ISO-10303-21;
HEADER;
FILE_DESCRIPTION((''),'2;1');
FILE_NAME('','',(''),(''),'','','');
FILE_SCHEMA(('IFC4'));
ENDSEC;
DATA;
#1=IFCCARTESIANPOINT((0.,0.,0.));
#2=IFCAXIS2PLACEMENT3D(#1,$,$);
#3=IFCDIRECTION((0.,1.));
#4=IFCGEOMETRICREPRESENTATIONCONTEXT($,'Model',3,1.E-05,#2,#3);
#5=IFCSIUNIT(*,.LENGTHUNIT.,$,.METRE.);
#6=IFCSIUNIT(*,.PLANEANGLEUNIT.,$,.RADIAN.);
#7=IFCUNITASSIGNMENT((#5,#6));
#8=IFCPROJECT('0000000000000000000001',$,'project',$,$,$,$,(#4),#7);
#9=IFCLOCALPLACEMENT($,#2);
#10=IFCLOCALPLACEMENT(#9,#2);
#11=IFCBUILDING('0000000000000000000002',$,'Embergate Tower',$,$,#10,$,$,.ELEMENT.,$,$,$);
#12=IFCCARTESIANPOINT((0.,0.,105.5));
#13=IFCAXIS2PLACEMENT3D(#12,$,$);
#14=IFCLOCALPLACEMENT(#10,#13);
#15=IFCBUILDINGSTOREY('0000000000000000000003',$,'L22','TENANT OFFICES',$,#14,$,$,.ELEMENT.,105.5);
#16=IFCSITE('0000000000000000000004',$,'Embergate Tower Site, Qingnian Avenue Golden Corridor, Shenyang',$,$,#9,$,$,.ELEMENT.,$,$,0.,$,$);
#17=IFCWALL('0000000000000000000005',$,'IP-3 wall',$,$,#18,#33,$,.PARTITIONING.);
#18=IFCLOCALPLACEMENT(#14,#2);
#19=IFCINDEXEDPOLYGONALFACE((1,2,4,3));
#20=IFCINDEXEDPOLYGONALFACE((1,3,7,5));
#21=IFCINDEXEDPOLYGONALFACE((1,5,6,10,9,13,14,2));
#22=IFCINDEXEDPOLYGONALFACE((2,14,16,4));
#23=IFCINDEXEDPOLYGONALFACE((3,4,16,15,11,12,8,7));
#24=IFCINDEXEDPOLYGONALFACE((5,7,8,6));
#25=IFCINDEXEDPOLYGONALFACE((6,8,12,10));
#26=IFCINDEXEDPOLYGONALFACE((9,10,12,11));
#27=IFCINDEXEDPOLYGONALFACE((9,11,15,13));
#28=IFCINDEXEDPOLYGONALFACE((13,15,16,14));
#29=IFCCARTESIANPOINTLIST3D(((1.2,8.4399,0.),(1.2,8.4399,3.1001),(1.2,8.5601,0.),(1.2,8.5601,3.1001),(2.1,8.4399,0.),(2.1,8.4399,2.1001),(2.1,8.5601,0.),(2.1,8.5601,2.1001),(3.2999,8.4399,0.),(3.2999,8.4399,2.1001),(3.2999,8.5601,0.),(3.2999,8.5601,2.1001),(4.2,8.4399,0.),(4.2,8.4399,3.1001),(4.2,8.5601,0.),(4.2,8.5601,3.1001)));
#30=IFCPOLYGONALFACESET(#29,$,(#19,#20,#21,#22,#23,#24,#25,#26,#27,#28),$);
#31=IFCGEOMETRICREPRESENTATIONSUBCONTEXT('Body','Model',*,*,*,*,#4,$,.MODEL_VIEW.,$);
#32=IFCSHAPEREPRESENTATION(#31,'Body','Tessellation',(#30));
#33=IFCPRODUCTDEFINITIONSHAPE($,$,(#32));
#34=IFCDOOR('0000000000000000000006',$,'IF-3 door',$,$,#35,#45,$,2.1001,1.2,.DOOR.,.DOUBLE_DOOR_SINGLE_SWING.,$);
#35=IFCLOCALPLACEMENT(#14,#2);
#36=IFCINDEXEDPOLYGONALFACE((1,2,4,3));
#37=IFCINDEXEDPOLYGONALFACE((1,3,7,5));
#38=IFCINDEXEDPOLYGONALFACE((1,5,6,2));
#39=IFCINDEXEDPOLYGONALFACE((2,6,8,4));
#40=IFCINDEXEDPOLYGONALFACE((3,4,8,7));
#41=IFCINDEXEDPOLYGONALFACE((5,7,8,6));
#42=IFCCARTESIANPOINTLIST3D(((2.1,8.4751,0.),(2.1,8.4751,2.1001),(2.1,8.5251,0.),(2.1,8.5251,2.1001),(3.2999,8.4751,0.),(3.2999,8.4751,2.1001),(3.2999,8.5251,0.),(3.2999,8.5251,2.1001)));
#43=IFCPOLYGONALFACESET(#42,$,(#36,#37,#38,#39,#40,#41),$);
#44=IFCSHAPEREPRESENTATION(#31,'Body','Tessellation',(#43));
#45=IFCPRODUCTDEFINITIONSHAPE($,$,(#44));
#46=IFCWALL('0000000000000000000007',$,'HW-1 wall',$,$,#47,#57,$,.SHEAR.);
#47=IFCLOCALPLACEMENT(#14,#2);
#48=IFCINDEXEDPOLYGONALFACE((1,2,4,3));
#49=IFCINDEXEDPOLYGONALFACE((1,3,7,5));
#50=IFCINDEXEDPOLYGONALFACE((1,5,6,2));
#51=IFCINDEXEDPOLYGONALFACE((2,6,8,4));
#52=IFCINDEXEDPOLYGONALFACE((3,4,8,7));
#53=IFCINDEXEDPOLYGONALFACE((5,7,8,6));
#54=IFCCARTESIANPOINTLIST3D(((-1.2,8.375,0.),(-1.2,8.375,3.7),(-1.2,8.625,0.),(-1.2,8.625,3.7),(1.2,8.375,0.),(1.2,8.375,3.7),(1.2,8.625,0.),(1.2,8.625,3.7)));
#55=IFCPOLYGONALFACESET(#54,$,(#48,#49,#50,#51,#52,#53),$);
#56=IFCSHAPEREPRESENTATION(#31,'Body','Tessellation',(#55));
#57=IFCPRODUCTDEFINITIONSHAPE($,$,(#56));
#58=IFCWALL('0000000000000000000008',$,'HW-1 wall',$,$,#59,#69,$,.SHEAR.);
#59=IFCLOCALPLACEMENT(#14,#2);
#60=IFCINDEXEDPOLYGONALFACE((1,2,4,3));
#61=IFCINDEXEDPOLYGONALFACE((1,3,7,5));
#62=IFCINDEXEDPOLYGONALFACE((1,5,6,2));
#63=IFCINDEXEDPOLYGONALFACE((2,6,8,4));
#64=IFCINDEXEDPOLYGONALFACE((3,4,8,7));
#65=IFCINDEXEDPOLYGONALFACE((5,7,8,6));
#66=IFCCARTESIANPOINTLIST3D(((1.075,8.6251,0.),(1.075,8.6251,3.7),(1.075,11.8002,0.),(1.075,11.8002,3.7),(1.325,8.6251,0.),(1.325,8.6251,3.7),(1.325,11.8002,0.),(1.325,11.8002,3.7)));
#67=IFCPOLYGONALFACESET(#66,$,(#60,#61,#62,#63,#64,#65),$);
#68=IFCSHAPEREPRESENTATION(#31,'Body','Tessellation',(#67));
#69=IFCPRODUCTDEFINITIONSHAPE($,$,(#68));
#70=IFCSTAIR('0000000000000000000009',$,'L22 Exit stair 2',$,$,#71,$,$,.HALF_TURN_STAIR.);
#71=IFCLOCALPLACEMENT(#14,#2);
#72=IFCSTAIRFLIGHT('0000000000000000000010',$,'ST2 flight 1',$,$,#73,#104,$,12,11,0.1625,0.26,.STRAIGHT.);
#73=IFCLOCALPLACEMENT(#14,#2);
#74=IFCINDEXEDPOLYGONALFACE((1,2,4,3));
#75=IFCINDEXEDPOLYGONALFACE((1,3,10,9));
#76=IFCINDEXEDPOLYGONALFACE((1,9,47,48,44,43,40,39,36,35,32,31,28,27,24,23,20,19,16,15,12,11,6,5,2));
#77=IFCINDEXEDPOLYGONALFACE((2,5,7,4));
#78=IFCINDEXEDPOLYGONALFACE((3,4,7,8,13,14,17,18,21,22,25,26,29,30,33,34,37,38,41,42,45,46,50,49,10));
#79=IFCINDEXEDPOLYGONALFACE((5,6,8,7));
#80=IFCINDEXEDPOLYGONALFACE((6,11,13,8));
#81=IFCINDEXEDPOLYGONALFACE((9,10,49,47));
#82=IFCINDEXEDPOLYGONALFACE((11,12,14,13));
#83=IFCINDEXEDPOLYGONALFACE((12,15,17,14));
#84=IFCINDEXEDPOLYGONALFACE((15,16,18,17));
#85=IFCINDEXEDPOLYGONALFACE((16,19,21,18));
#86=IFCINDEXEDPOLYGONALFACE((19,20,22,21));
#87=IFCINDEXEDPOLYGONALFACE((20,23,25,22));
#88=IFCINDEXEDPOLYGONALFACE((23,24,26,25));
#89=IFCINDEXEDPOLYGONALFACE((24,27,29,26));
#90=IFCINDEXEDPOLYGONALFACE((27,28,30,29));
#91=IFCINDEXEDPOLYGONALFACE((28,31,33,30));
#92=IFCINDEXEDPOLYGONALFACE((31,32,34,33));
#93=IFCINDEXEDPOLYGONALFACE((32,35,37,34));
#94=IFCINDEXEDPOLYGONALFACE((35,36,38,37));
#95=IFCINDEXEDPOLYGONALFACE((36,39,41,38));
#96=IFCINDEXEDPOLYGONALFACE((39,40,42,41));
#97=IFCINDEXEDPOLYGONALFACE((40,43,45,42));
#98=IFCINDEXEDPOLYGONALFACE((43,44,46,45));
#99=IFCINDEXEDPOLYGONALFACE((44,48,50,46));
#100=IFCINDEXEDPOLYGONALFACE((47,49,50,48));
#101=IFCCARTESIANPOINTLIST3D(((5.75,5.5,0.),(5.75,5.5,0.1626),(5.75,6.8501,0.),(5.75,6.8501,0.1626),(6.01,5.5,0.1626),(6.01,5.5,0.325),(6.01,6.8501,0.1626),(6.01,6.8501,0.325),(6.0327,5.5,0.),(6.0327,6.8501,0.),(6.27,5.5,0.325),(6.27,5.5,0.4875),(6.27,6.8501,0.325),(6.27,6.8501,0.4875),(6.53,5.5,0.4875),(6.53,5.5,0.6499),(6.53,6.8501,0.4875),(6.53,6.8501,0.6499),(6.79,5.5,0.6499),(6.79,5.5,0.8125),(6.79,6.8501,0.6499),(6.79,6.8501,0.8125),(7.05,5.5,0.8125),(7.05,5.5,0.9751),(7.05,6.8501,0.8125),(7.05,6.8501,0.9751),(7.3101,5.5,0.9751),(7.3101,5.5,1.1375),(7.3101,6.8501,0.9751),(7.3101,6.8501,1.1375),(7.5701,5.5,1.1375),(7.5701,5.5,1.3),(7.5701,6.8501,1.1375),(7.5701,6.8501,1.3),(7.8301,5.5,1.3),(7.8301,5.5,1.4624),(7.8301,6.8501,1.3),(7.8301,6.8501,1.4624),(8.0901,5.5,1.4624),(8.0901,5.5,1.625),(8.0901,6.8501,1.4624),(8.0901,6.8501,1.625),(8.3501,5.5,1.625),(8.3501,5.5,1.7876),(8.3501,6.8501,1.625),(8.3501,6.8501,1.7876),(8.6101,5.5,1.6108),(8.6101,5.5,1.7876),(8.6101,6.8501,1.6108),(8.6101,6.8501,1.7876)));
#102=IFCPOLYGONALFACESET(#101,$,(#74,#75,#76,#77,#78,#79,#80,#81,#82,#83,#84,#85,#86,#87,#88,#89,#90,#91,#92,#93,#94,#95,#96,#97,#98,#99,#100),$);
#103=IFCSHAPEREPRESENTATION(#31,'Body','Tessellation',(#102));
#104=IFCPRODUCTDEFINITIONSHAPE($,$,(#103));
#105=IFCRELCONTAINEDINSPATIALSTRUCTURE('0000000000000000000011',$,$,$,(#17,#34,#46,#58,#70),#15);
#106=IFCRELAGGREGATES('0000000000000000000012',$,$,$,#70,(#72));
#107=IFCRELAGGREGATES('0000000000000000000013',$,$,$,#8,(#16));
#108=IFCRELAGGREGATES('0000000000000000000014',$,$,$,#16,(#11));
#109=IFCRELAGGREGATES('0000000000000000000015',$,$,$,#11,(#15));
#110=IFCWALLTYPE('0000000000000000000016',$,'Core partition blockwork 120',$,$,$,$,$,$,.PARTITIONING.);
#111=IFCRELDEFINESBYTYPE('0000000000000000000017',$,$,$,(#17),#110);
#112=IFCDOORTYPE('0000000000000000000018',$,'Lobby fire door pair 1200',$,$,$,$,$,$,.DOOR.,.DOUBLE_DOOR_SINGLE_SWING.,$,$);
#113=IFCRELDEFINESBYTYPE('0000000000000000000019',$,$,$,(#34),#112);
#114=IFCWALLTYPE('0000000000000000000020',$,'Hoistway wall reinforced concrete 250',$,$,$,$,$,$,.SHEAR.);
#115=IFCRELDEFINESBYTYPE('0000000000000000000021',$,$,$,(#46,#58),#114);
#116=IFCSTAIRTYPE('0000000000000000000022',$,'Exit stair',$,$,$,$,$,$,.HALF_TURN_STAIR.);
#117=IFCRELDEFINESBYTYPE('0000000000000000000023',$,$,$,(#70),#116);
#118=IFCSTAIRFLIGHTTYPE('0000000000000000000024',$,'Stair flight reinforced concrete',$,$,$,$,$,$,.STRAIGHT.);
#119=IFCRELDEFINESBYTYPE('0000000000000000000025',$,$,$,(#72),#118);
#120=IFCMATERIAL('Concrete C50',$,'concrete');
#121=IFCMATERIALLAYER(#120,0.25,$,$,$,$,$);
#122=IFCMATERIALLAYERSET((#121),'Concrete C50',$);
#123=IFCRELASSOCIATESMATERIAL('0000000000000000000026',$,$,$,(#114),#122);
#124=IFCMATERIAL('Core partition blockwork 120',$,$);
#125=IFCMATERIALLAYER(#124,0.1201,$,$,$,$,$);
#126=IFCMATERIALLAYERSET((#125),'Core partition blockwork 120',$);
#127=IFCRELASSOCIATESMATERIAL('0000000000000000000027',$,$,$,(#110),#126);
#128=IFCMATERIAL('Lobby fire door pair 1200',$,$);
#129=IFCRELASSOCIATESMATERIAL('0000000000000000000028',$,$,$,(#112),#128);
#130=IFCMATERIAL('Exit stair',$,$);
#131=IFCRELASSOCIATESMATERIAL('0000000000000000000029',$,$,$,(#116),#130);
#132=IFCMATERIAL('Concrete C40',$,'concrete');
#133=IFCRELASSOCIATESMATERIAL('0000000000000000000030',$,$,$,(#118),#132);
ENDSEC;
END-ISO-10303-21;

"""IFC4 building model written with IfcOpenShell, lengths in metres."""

from ifc_helpers import new_model, si_unit, direction, frame, frame_2d, origin, place, context, subcontext, project, spatial, polyline, rectangle, outline, extrude, source, transform, mapped, material, layer, layer_set, type_object, element, fill, aggregate, save


model = new_model("IFC4")

# Units and contexts
model_context = context("Model", 3, precision=1e-05, world=origin(), true_north=direction((0.0, 1.0)))
body_context = subcontext(model_context, "Body", "Model", "MODEL_VIEW")
ifc_project = project(units=[si_unit("LENGTHUNIT", "METRE"), si_unit("PLANEANGLEUNIT", "RADIAN")], contexts=[model_context])

# Site, building, storey
site_placement = place(None, origin())
site = spatial("IfcSite", under=ifc_project, at=site_placement, Name="Embergate Tower Site, Qingnian Avenue Golden Corridor, Shenyang", CompositionType="ELEMENT", RefElevation=0.0)
building_placement = place(site_placement, origin())
building = spatial("IfcBuilding", under=site, at=building_placement, Name="Embergate Tower", CompositionType="ELEMENT")
storey_placement = place(building_placement, frame((0.0, 0.0, 105.5)))
storey = spatial("IfcBuildingStorey", under=building, at=storey_placement, Name="L22", Description="TENANT OFFICES", CompositionType="ELEMENT", Elevation=105.5)

# Shared definitions
ifc_material_1 = material(Name="Concrete C50", Category="concrete")
ifc_layer_1 = layer(ifc_material_1, 0.25)
ifc_layer_set_1 = layer_set([ifc_layer_1], Name="Concrete C50")
wall_type_1 = type_object("IfcWallType", Name="Hoistway wall reinforced concrete 250", PredefinedType="SHEAR", material=ifc_layer_set_1)

# Shared definitions
ifc_material_2 = material(Name="Core partition blockwork 120")
ifc_layer_2 = layer(ifc_material_2, 0.1201)
ifc_layer_set_2 = layer_set([ifc_layer_2], Name="Core partition blockwork 120")
wall_type_2 = type_object("IfcWallType", Name="Core partition blockwork 120", PredefinedType="PARTITIONING", material=ifc_layer_set_2)

# Shared definitions
shared_shape_1 = source(origin(), body_context, "Body", "SweptSolid", [
    extrude(rectangle(XDim=1.2, YDim=2.1001, at=frame_2d((0.6001, 1.05))), frame((0.0, 0.0249, 0.0), z_axis=(0.0, -1.0, 0.0), x_axis=(1.0, 0.0, 0.0)), (0.0, 0.0, 1.0), 0.05),
])

# Wall, opening, door
shared_shape_2 = source(origin(), body_context, "Body", "SweptSolid", [
    extrude(rectangle(XDim=3.0, YDim=0.1201, at=frame_2d((1.5, 0.0))), origin(), (0.0, 0.0, 1.0), 3.1001),
])
wall_1_placement = place(storey_placement, frame((4.2, 8.5, 0.0), z_axis=(0.0, 0.0, 1.0), x_axis=(-1.0, 0.0, 0.0)))
wall_1 = element("IfcWall", 1, at=wall_1_placement, inside=storey, type_object=wall_type_2, Name="IP-3 wall", PredefinedType="PARTITIONING", context=body_context, shape_type="MappedRepresentation", body=[
    mapped(shared_shape_2, transform((0.0, 0.0, 0.0))),
])
shared_shape_3 = source(origin(), body_context, "Body", "SweptSolid", [
    extrude(rectangle(XDim=1.2, YDim=2.1001, at=frame_2d((0.6001, 1.05))), frame((0.0, 0.0701, 0.0), z_axis=(0.0, -1.0, 0.0), x_axis=(1.0, 0.0, 0.0)), (0.0, 0.0, 1.0), 0.1401),
])
opening_1_placement = place(wall_1_placement, frame((0.8999, 0.0, 0.0)))
opening_1 = element("IfcOpeningElement", 2, at=opening_1_placement, cuts=wall_1, PredefinedType="OPENING", context=body_context, shape_type="MappedRepresentation", body=[
    mapped(shared_shape_3, transform((0.0, 0.0, 0.0))),
])
ifc_material_3 = material(Name="Lobby fire door pair 1200")
door_type_1 = type_object("IfcDoorType", Name="Lobby fire door pair 1200", OperationType="DOUBLE_DOOR_SINGLE_SWING", PredefinedType="DOOR", material=ifc_material_3)
door_1_placement = place(opening_1_placement, origin())
door_1 = element("IfcDoor", 3, at=door_1_placement, inside=storey, type_object=door_type_1, Name="IF-3 door", OperationType="DOUBLE_DOOR_SINGLE_SWING", OverallHeight=2.1001, OverallWidth=1.2, PredefinedType="DOOR", context=body_context, shape_type="MappedRepresentation", body=[
    mapped(shared_shape_1, transform((0.0, 0.0, 0.0))),
])
fill(opening_1, door_1)

# Walls
shared_shape_4 = source(origin(), body_context, "Body", "SweptSolid", [
    extrude(rectangle(XDim=2.3999, YDim=0.25, at=frame_2d((1.2, 0.0))), origin(), (0.0, 0.0, 1.0), 3.7),
])
wall_2_placement = place(storey_placement, frame((1.2, 8.5, 0.0), z_axis=(0.0, 0.0, 1.0), x_axis=(-1.0, 0.0, 0.0)))
element("IfcWall", 4, at=wall_2_placement, inside=storey, type_object=wall_type_1, Name="HW-1 wall", PredefinedType="SHEAR", context=body_context, shape_type="MappedRepresentation", body=[
    mapped(shared_shape_4, transform((0.0, 0.0, 0.0))),
])
shared_shape_5 = source(origin(), body_context, "Body", "SweptSolid", [
    extrude(rectangle(XDim=3.175, YDim=0.25, at=frame_2d((1.5874, 0.0))), origin(), (0.0, 0.0, 1.0), 3.7),
])
wall_3_placement = place(storey_placement, frame((1.2, 11.8, 0.0), z_axis=(0.0, 0.0, 1.0), x_axis=(0.0, -1.0, 0.0)))
element("IfcWall", 5, at=wall_3_placement, inside=storey, type_object=wall_type_1, Name="HW-1 wall", PredefinedType="SHEAR", context=body_context, shape_type="MappedRepresentation", body=[
    mapped(shared_shape_5, transform((0.0, 0.0, 0.0))),
])

# Stair, stair flight
ifc_material_4 = material(Name="Exit stair")
stair_type = type_object("IfcStairType", Name="Exit stair", PredefinedType="HALF_TURN_STAIR", material=ifc_material_4)
stair_placement = place(storey_placement, origin())
stair = element("IfcStair", 6, at=stair_placement, inside=storey, type_object=stair_type, Name="L22 Exit stair 2", PredefinedType="HALF_TURN_STAIR")
ifc_material_5 = material(Name="Concrete C40", Category="concrete")
stair_flight_type = type_object("IfcStairFlightType", Name="Stair flight reinforced concrete", PredefinedType="STRAIGHT", material=ifc_material_5)
shared_shape_6 = source(origin(), body_context, "Body", "SweptSolid", [
    extrude(outline(polyline([(0.0, 0.0), (0.0, 0.1626), (0.26, 0.1626), (0.26, 0.325), (0.52, 0.325), (0.52, 0.4875), (0.78, 0.4875), (0.78, 0.6499), (1.04, 0.6499), (1.04, 0.8125), (1.3, 0.8125), (1.3, 0.9751), (1.5601, 0.9751), (1.5601, 1.1375), (1.8201, 1.1375), (1.8201, 1.3), (2.0801, 1.3), (2.0801, 1.4624), (2.3401, 1.4624), (2.3401, 1.625), (2.6001, 1.625), (2.6001, 1.7876), (2.8601, 1.7876), (2.8601, 1.95), (2.8601, 1.6108), (0.2827, 0.0), (0.0, 0.0)])), frame((0.0, 0.675, 0.0), z_axis=(0.0, -1.0, 0.0), x_axis=(1.0, 0.0, 0.0)), (0.0, 0.0, 1.0), 1.3501),
])
stair_flight_placement = place(storey_placement, frame((5.75, 6.175, 0.0), z_axis=(0.0, 0.0, 1.0), x_axis=(1.0, 0.0, 0.0)))
stair_flight = element("IfcStairFlight", 7, at=stair_flight_placement, type_object=stair_flight_type, Name="ST2 flight 1", NumberOfRisers=12, NumberOfTreads=11, PredefinedType="STRAIGHT", RiserHeight=0.1625, TreadLength=0.26, context=body_context, shape_type="MappedRepresentation", body=[
    mapped(shared_shape_6, transform((0.0, 0.0, 0.0))),
])
aggregate(stair, [stair_flight])

save(model, "model.ifc")
